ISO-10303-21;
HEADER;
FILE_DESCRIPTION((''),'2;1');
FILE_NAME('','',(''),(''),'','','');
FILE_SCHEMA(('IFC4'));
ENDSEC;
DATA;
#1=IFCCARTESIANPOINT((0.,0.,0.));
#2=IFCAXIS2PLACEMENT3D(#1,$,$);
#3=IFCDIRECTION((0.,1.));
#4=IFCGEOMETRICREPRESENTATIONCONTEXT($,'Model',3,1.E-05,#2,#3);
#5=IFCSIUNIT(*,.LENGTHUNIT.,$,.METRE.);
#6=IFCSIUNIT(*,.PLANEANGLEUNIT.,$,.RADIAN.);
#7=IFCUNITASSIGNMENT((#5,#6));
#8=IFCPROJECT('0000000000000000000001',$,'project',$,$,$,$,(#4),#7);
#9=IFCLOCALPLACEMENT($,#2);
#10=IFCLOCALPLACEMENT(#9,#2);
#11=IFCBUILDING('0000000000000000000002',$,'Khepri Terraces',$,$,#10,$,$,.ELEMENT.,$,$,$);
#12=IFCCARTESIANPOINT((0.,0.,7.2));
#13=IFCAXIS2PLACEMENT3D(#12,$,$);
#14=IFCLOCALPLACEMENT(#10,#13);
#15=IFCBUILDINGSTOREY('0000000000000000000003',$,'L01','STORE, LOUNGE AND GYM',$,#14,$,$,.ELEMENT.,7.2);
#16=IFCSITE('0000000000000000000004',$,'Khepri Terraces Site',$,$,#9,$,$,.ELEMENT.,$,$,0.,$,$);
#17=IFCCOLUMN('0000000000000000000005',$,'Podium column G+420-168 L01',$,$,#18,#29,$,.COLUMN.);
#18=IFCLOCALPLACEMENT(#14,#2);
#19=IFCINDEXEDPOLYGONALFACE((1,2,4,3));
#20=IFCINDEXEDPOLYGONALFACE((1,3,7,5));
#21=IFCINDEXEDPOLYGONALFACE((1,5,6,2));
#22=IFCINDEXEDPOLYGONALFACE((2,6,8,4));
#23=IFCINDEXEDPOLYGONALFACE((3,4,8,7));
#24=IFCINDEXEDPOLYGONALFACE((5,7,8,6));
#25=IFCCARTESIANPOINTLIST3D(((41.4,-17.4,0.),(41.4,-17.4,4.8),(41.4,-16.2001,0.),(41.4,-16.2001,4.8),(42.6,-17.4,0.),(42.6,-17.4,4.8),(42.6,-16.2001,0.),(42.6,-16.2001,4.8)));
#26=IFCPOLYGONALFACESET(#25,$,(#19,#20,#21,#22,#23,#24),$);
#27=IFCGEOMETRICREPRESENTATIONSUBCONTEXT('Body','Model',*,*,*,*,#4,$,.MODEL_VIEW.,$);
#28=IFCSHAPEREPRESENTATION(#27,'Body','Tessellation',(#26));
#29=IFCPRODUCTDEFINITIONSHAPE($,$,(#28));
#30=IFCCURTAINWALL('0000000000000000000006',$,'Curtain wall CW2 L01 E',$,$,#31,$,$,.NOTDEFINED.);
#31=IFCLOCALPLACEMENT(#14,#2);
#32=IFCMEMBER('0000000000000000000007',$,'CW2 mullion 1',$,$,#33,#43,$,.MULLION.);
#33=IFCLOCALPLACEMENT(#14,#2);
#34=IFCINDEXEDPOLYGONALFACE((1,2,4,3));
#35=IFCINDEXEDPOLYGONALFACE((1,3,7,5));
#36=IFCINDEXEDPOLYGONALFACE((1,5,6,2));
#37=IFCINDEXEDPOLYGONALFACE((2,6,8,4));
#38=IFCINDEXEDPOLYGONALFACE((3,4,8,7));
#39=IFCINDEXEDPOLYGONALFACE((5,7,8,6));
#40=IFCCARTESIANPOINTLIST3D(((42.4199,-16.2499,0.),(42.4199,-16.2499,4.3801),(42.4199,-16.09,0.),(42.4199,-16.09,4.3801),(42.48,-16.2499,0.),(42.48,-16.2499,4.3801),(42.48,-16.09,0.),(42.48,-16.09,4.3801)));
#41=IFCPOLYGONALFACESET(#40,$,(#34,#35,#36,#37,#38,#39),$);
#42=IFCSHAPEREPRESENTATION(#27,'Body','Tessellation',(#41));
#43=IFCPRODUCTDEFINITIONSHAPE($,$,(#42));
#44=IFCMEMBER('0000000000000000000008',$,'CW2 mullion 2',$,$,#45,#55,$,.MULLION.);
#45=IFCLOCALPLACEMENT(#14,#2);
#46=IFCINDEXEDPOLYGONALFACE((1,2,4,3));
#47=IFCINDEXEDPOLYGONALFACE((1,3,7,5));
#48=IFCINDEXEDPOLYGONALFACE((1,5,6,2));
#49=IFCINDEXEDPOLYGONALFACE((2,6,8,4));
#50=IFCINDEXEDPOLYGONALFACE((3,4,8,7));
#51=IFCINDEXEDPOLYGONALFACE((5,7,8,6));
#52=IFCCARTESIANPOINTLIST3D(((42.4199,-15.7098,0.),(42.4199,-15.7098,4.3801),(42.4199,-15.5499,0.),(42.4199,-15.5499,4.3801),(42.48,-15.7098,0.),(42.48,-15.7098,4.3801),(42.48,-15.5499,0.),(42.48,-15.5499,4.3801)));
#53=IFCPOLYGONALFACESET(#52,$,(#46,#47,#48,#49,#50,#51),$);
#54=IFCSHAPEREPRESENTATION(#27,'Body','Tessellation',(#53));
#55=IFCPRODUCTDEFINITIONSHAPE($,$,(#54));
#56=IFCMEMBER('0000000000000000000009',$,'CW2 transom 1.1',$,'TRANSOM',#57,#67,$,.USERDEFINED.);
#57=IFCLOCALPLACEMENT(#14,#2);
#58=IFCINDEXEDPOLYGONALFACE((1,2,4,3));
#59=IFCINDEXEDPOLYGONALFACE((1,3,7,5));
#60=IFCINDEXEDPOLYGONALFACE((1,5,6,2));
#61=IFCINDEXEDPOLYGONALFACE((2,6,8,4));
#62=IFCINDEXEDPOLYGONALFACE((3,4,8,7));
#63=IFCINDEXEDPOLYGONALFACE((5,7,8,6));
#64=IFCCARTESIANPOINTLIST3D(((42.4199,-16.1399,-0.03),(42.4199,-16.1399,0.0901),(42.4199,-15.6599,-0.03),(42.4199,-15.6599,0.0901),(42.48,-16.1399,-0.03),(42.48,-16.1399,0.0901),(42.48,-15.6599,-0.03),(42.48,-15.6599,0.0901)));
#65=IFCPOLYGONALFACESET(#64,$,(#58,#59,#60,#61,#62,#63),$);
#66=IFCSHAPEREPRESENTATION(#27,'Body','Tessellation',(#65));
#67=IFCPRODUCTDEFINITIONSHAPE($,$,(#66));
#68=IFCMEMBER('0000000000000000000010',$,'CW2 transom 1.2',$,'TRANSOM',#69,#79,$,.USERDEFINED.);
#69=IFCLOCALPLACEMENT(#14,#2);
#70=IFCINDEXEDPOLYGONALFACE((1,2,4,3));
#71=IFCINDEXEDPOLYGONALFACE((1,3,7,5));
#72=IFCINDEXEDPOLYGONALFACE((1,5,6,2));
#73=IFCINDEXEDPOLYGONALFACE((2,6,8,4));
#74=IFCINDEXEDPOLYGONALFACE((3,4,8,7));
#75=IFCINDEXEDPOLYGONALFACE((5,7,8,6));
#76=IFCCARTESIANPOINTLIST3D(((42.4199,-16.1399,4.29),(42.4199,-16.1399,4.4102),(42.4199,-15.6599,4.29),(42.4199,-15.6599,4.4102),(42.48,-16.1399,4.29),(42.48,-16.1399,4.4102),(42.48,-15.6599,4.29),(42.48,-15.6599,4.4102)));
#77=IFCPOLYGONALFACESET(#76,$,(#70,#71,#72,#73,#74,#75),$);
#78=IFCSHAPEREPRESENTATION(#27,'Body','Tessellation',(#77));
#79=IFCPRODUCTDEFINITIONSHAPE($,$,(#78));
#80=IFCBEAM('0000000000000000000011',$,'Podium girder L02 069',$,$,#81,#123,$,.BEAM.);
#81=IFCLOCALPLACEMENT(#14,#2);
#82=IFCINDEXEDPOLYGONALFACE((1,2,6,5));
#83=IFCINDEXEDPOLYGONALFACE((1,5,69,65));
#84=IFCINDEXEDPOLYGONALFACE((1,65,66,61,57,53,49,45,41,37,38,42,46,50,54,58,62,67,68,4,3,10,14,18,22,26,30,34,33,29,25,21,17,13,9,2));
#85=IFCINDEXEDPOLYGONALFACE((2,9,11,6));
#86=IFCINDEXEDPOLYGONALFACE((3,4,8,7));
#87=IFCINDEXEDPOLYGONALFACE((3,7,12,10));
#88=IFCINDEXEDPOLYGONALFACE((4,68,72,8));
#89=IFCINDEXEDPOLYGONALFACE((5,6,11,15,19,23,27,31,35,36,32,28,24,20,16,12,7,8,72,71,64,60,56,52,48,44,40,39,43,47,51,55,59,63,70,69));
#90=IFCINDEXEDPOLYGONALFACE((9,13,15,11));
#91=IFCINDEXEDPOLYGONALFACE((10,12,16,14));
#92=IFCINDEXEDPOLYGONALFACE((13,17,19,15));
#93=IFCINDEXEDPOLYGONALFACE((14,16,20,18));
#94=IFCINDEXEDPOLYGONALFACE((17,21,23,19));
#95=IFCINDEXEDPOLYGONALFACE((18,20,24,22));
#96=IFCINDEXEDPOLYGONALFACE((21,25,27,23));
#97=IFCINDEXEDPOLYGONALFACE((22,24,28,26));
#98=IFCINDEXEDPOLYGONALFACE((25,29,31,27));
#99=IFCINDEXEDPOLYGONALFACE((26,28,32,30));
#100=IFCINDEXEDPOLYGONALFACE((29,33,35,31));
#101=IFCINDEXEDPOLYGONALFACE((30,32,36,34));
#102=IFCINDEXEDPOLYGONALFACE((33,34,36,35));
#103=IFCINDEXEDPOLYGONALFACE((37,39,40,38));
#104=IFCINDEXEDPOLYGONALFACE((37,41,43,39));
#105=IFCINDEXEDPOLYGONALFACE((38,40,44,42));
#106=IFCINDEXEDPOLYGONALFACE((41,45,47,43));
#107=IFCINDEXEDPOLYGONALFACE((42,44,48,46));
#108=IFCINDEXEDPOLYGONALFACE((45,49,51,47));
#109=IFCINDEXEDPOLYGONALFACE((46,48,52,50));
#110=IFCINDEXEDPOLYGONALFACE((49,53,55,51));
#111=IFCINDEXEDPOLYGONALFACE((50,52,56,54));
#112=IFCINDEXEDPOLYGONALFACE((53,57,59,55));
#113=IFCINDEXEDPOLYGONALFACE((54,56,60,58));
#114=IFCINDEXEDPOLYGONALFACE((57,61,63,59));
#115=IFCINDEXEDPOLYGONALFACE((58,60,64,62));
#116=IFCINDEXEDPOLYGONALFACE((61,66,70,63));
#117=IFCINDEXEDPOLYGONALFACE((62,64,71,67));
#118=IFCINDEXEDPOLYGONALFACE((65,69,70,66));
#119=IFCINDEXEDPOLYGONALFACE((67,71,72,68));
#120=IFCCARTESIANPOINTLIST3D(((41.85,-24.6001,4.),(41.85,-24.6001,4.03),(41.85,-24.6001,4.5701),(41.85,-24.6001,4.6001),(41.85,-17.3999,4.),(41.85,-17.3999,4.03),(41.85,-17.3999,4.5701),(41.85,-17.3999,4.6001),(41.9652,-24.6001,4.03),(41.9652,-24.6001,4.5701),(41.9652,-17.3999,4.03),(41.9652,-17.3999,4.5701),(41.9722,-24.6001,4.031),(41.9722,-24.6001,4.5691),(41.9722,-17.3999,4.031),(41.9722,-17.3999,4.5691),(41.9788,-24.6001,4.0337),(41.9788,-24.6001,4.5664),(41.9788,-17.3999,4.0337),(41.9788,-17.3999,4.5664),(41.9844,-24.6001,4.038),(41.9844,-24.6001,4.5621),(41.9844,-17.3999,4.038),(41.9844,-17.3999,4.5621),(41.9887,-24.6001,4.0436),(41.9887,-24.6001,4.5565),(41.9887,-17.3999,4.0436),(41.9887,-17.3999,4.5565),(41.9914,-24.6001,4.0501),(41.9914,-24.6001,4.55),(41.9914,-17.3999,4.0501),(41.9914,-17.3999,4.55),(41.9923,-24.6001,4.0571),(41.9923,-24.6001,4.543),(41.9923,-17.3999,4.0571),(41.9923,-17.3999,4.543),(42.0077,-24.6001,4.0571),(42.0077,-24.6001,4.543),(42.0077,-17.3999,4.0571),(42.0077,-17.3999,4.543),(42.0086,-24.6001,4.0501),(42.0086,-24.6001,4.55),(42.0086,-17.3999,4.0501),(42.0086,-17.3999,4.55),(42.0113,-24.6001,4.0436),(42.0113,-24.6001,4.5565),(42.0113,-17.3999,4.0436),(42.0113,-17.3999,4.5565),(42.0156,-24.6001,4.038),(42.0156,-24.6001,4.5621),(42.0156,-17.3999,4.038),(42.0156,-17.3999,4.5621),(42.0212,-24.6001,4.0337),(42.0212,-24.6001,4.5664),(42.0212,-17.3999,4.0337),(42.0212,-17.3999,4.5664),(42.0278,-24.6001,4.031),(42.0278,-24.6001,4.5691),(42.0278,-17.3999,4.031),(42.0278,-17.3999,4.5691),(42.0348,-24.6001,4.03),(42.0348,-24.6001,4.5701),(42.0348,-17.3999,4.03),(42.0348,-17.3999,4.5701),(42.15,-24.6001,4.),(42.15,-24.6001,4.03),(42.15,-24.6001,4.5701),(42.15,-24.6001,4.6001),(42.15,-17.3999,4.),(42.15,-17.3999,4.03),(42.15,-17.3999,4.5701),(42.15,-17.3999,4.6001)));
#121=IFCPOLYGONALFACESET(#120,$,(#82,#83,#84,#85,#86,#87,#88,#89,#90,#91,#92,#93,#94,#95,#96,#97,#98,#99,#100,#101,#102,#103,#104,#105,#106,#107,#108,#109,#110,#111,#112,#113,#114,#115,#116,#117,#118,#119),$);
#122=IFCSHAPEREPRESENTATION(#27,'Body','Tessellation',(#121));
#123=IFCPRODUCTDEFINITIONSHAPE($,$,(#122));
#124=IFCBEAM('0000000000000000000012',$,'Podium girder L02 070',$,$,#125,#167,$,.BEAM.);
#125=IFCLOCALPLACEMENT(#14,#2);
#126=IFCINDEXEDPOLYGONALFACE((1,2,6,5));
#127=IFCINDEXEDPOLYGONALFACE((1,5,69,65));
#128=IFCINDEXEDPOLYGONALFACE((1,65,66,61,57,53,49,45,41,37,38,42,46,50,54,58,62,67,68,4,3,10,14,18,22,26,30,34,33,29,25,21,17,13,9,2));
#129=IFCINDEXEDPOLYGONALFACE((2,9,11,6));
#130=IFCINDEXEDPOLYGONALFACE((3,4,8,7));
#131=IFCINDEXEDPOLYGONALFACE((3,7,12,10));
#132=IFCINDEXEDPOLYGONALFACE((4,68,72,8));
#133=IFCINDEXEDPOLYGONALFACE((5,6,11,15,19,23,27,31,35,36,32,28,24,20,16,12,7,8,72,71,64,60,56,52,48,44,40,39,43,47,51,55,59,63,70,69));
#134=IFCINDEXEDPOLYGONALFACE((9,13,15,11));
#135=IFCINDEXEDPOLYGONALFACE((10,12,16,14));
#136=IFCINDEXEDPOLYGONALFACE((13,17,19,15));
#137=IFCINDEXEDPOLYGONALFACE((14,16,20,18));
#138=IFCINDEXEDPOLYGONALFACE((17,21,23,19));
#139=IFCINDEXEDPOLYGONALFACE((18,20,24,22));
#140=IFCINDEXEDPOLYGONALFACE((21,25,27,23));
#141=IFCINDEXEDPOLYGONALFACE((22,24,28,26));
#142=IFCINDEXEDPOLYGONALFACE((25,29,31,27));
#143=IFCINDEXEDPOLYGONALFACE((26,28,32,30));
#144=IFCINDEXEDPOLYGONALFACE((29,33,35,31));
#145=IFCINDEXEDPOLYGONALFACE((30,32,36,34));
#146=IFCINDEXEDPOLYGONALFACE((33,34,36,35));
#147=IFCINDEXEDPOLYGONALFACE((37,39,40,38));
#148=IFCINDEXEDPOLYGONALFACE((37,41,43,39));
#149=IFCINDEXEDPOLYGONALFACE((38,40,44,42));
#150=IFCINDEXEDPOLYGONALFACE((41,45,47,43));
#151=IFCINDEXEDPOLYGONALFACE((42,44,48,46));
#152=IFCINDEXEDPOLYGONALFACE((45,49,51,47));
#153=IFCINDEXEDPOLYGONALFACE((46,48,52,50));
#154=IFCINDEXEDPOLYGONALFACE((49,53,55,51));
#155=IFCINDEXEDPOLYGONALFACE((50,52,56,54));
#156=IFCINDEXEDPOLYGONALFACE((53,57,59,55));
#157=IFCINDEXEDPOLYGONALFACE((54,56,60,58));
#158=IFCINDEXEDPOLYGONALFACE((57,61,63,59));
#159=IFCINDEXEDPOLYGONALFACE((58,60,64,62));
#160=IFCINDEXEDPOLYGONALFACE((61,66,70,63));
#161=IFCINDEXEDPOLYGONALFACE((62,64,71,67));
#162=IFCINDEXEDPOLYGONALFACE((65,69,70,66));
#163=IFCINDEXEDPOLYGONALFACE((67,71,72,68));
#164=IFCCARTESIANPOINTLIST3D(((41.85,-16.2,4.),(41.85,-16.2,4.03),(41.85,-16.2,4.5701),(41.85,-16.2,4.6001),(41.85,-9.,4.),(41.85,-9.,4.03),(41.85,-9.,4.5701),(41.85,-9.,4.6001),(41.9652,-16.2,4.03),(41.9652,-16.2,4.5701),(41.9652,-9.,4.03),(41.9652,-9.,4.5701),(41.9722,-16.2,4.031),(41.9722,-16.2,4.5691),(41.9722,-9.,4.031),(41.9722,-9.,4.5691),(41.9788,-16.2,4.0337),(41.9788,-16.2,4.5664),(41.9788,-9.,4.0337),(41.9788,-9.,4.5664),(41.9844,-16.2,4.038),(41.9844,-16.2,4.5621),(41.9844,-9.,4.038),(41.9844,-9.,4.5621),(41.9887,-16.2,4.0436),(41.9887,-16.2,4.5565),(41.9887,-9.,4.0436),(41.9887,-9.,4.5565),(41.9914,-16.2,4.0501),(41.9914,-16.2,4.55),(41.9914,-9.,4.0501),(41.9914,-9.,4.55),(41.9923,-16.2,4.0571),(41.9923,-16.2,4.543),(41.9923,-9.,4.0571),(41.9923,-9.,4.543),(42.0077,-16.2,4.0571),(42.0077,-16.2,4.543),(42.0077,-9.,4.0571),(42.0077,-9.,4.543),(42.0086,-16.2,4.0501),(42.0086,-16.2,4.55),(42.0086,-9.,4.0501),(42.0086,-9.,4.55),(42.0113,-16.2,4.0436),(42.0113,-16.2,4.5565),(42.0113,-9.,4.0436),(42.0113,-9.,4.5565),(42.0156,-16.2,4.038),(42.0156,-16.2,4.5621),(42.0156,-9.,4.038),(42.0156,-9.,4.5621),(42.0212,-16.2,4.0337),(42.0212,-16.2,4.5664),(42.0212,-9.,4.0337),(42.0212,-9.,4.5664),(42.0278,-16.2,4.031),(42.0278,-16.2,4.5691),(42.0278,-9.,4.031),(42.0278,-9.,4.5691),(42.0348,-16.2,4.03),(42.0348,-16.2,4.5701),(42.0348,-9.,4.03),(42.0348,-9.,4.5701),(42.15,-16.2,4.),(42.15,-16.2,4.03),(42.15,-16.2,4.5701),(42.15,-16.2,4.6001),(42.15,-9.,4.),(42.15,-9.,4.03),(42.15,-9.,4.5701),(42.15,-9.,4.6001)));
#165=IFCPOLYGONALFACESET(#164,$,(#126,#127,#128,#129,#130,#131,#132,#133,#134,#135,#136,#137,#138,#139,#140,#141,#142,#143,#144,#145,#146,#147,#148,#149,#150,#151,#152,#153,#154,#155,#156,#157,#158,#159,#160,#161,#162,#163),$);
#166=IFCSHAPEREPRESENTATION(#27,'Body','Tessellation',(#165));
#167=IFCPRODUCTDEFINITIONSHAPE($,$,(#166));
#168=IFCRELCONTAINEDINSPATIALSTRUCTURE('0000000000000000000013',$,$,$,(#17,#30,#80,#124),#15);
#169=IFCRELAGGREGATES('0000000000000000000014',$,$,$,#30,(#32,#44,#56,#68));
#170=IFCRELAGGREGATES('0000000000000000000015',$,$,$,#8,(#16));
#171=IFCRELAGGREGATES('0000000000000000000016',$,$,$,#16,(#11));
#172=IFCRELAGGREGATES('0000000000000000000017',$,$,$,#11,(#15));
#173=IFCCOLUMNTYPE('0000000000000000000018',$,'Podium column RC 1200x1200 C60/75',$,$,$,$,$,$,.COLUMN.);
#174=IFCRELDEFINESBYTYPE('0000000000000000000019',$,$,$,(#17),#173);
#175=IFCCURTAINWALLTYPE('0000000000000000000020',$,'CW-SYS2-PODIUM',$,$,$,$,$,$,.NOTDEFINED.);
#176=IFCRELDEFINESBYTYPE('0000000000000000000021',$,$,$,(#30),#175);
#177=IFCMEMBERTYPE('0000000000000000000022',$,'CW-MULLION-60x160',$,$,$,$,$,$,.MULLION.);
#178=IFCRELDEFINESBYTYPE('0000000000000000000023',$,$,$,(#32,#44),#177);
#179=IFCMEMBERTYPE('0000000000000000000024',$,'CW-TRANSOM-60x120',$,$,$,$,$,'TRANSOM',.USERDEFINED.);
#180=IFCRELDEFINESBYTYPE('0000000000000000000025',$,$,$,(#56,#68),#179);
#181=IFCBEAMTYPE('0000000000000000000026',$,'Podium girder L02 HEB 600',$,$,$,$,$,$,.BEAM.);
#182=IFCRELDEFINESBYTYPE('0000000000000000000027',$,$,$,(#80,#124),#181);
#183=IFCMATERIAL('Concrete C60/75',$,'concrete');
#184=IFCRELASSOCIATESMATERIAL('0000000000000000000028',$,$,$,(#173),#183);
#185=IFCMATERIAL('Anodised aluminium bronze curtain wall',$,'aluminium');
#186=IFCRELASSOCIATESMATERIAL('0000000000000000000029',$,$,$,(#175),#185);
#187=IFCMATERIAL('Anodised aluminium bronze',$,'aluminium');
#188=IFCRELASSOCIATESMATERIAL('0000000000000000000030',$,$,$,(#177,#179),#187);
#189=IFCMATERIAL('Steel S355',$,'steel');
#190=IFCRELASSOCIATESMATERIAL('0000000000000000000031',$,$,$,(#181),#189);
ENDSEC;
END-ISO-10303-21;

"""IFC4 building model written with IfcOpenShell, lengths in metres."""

from ifc_helpers import new_model, si_unit, direction, frame, origin, origin_2d, place, context, subcontext, project, spatial, rectangle, i_section, extrude, material, material_profile, profile_set, type_object, element, aggregate, save


model = new_model("IFC4")

# Units and contexts
model_context = context("Model", 3, precision=1e-05, world=origin(), true_north=direction((0.0, 1.0)))
body_context = subcontext(model_context, "Body", "Model", "MODEL_VIEW")
ifc_project = project(units=[si_unit("LENGTHUNIT", "METRE"), si_unit("PLANEANGLEUNIT", "RADIAN")], contexts=[model_context])

# Site, building, storey
site_placement = place(None, origin())
site = spatial("IfcSite", under=ifc_project, at=site_placement, Name="Khepri Terraces Site", CompositionType="ELEMENT", RefElevation=0.0)
building_placement = place(site_placement, origin())
building = spatial("IfcBuilding", under=site, at=building_placement, Name="Khepri Terraces", CompositionType="ELEMENT")
storey_placement = place(building_placement, frame((0.0, 0.0, 7.2)))
storey = spatial("IfcBuildingStorey", under=building, at=storey_placement, Name="L01", Description="STORE, LOUNGE AND GYM", CompositionType="ELEMENT", Elevation=7.2)

# Column
ifc_material_1 = material(Name="Concrete C60/75", Category="concrete")
ifc_material_profile_1 = material_profile(ifc_material_1, rectangle(XDim=1.2, YDim=1.2, at=origin_2d()), Name="Concrete C60/75", Category="concrete")
ifc_profile_set_1 = profile_set([ifc_material_profile_1], Name="Concrete C60/75")
column_type = type_object("IfcColumnType", Name="Podium column RC 1200x1200 C60/75", PredefinedType="COLUMN", material=ifc_profile_set_1)
column_placement = place(storey_placement, frame((42.0, -16.8, 0.0), z_axis=(0.0, 0.0, 1.0), x_axis=(1.0, 0.0, 0.0)))
element("IfcColumn", 1, at=column_placement, inside=storey, type_object=column_type, Name="Podium column G+420-168 L01", PredefinedType="COLUMN", context=body_context, shape_type="SweptSolid", body=[
    extrude(rectangle(XDim=1.2, YDim=1.2, at=origin_2d()), origin(), (0.0, 0.0, 1.0), 4.8),
])

# Curtain wall, members
ifc_material_2 = material(Name="Anodised aluminium bronze curtain wall", Category="aluminium")
curtain_wall_type = type_object("IfcCurtainWallType", Name="CW-SYS2-PODIUM", PredefinedType="NOTDEFINED", material=ifc_material_2)
curtain_wall_placement = place(storey_placement, origin())
curtain_wall = element("IfcCurtainWall", 2, at=curtain_wall_placement, inside=storey, type_object=curtain_wall_type, Name="Curtain wall CW2 L01 E", PredefinedType="NOTDEFINED")
ifc_material_3 = material(Name="Anodised aluminium bronze", Category="aluminium")
ifc_material_profile_2 = material_profile(ifc_material_3, rectangle(XDim=0.0601, YDim=0.1599, at=origin_2d()), Name="Anodised aluminium bronze", Category="aluminium")
ifc_profile_set_2 = profile_set([ifc_material_profile_2], Name="Anodised aluminium bronze")
member_type_1 = type_object("IfcMemberType", Name="CW-MULLION-60x160", PredefinedType="MULLION", material=ifc_profile_set_2)
member_1_placement = place(storey_placement, frame((42.45, -16.1699, 0.0), z_axis=(0.0, 0.0, 1.0), x_axis=(-1.0, 0.0, 0.0)))
member_1 = element("IfcMember", 3, at=member_1_placement, type_object=member_type_1, Name="CW2 mullion 1", PredefinedType="MULLION", context=body_context, shape_type="SweptSolid", body=[
    extrude(rectangle(XDim=0.0601, YDim=0.1599, at=origin_2d()), origin(), (0.0, 0.0, 1.0), 4.3801),
])
member_2_placement = place(storey_placement, frame((42.45, -15.6299, 0.0), z_axis=(0.0, 0.0, 1.0), x_axis=(-1.0, 0.0, 0.0)))
member_2 = element("IfcMember", 4, at=member_2_placement, type_object=member_type_1, Name="CW2 mullion 2", PredefinedType="MULLION", context=body_context, shape_type="SweptSolid", body=[
    extrude(rectangle(XDim=0.0601, YDim=0.1599, at=origin_2d()), origin(), (0.0, 0.0, 1.0), 4.3801),
])
ifc_material_profile_3 = material_profile(ifc_material_3, rectangle(XDim=0.0601, YDim=0.1201, at=origin_2d()), Name="Anodised aluminium bronze", Category="aluminium")
ifc_profile_set_3 = profile_set([ifc_material_profile_3], Name="Anodised aluminium bronze")
member_type_2 = type_object("IfcMemberType", Name="CW-TRANSOM-60x120", ElementType="TRANSOM", PredefinedType="USERDEFINED", material=ifc_profile_set_3)
member_3_placement = place(storey_placement, frame((42.45, -16.1399, 0.03), z_axis=(0.0, 1.0, 0.0), x_axis=(-1.0, 0.0, 0.0)))
member_3 = element("IfcMember", 5, at=member_3_placement, type_object=member_type_2, Name="CW2 transom 1.1", ObjectType="TRANSOM", PredefinedType="USERDEFINED", context=body_context, shape_type="SweptSolid", body=[
    extrude(rectangle(XDim=0.0601, YDim=0.1201, at=origin_2d()), origin(), (0.0, 0.0, 1.0), 0.48),
])
member_4_placement = place(storey_placement, frame((42.45, -16.1399, 4.3501), z_axis=(0.0, 1.0, 0.0), x_axis=(-1.0, 0.0, 0.0)))
member_4 = element("IfcMember", 6, at=member_4_placement, type_object=member_type_2, Name="CW2 transom 1.2", ObjectType="TRANSOM", PredefinedType="USERDEFINED", context=body_context, shape_type="SweptSolid", body=[
    extrude(rectangle(XDim=0.0601, YDim=0.1201, at=origin_2d()), origin(), (0.0, 0.0, 1.0), 0.48),
])

# Beams
ifc_material_4 = material(Name="Steel S355", Category="steel")
ifc_material_profile_4 = material_profile(ifc_material_4, i_section(OverallWidth=0.3, OverallDepth=0.6001, WebThickness=0.0154, FlangeThickness=0.03, FilletRadius=0.0271, at=origin_2d()), Name="Steel S355", Category="steel")
ifc_profile_set_4 = profile_set([ifc_material_profile_4], Name="Steel S355")
beam_type_1 = type_object("IfcBeamType", Name="Podium girder L02 HEB 600", PredefinedType="BEAM", material=ifc_profile_set_4)
beam_1_placement = place(storey_placement, frame((42.0, -24.6001, 4.3), z_axis=(0.0, 1.0, 0.0), x_axis=(-1.0, 0.0, 0.0)))
element("IfcBeam", 7, at=beam_1_placement, inside=storey, type_object=beam_type_1, Name="Podium girder L02 069", PredefinedType="BEAM", context=body_context, shape_type="SweptSolid", body=[
    extrude(i_section(OverallWidth=0.3, OverallDepth=0.6001, WebThickness=0.0154, FlangeThickness=0.03, FilletRadius=0.0271, at=origin_2d()), origin(), (0.0, 0.0, 1.0), 7.2002),
])
beam_2_placement = place(storey_placement, frame((42.0, -16.2, 4.3), z_axis=(0.0, 1.0, 0.0), x_axis=(-1.0, 0.0, 0.0)))
element("IfcBeam", 8, at=beam_2_placement, inside=storey, type_object=beam_type_1, Name="Podium girder L02 070", PredefinedType="BEAM", context=body_context, shape_type="SweptSolid", body=[
    extrude(i_section(OverallWidth=0.3, OverallDepth=0.6001, WebThickness=0.0154, FlangeThickness=0.03, FilletRadius=0.0271, at=origin_2d()), origin(), (0.0, 0.0, 1.0), 7.2),
])

aggregate(curtain_wall, [member_1, member_2, member_3, member_4])

save(model, "model.ifc")
